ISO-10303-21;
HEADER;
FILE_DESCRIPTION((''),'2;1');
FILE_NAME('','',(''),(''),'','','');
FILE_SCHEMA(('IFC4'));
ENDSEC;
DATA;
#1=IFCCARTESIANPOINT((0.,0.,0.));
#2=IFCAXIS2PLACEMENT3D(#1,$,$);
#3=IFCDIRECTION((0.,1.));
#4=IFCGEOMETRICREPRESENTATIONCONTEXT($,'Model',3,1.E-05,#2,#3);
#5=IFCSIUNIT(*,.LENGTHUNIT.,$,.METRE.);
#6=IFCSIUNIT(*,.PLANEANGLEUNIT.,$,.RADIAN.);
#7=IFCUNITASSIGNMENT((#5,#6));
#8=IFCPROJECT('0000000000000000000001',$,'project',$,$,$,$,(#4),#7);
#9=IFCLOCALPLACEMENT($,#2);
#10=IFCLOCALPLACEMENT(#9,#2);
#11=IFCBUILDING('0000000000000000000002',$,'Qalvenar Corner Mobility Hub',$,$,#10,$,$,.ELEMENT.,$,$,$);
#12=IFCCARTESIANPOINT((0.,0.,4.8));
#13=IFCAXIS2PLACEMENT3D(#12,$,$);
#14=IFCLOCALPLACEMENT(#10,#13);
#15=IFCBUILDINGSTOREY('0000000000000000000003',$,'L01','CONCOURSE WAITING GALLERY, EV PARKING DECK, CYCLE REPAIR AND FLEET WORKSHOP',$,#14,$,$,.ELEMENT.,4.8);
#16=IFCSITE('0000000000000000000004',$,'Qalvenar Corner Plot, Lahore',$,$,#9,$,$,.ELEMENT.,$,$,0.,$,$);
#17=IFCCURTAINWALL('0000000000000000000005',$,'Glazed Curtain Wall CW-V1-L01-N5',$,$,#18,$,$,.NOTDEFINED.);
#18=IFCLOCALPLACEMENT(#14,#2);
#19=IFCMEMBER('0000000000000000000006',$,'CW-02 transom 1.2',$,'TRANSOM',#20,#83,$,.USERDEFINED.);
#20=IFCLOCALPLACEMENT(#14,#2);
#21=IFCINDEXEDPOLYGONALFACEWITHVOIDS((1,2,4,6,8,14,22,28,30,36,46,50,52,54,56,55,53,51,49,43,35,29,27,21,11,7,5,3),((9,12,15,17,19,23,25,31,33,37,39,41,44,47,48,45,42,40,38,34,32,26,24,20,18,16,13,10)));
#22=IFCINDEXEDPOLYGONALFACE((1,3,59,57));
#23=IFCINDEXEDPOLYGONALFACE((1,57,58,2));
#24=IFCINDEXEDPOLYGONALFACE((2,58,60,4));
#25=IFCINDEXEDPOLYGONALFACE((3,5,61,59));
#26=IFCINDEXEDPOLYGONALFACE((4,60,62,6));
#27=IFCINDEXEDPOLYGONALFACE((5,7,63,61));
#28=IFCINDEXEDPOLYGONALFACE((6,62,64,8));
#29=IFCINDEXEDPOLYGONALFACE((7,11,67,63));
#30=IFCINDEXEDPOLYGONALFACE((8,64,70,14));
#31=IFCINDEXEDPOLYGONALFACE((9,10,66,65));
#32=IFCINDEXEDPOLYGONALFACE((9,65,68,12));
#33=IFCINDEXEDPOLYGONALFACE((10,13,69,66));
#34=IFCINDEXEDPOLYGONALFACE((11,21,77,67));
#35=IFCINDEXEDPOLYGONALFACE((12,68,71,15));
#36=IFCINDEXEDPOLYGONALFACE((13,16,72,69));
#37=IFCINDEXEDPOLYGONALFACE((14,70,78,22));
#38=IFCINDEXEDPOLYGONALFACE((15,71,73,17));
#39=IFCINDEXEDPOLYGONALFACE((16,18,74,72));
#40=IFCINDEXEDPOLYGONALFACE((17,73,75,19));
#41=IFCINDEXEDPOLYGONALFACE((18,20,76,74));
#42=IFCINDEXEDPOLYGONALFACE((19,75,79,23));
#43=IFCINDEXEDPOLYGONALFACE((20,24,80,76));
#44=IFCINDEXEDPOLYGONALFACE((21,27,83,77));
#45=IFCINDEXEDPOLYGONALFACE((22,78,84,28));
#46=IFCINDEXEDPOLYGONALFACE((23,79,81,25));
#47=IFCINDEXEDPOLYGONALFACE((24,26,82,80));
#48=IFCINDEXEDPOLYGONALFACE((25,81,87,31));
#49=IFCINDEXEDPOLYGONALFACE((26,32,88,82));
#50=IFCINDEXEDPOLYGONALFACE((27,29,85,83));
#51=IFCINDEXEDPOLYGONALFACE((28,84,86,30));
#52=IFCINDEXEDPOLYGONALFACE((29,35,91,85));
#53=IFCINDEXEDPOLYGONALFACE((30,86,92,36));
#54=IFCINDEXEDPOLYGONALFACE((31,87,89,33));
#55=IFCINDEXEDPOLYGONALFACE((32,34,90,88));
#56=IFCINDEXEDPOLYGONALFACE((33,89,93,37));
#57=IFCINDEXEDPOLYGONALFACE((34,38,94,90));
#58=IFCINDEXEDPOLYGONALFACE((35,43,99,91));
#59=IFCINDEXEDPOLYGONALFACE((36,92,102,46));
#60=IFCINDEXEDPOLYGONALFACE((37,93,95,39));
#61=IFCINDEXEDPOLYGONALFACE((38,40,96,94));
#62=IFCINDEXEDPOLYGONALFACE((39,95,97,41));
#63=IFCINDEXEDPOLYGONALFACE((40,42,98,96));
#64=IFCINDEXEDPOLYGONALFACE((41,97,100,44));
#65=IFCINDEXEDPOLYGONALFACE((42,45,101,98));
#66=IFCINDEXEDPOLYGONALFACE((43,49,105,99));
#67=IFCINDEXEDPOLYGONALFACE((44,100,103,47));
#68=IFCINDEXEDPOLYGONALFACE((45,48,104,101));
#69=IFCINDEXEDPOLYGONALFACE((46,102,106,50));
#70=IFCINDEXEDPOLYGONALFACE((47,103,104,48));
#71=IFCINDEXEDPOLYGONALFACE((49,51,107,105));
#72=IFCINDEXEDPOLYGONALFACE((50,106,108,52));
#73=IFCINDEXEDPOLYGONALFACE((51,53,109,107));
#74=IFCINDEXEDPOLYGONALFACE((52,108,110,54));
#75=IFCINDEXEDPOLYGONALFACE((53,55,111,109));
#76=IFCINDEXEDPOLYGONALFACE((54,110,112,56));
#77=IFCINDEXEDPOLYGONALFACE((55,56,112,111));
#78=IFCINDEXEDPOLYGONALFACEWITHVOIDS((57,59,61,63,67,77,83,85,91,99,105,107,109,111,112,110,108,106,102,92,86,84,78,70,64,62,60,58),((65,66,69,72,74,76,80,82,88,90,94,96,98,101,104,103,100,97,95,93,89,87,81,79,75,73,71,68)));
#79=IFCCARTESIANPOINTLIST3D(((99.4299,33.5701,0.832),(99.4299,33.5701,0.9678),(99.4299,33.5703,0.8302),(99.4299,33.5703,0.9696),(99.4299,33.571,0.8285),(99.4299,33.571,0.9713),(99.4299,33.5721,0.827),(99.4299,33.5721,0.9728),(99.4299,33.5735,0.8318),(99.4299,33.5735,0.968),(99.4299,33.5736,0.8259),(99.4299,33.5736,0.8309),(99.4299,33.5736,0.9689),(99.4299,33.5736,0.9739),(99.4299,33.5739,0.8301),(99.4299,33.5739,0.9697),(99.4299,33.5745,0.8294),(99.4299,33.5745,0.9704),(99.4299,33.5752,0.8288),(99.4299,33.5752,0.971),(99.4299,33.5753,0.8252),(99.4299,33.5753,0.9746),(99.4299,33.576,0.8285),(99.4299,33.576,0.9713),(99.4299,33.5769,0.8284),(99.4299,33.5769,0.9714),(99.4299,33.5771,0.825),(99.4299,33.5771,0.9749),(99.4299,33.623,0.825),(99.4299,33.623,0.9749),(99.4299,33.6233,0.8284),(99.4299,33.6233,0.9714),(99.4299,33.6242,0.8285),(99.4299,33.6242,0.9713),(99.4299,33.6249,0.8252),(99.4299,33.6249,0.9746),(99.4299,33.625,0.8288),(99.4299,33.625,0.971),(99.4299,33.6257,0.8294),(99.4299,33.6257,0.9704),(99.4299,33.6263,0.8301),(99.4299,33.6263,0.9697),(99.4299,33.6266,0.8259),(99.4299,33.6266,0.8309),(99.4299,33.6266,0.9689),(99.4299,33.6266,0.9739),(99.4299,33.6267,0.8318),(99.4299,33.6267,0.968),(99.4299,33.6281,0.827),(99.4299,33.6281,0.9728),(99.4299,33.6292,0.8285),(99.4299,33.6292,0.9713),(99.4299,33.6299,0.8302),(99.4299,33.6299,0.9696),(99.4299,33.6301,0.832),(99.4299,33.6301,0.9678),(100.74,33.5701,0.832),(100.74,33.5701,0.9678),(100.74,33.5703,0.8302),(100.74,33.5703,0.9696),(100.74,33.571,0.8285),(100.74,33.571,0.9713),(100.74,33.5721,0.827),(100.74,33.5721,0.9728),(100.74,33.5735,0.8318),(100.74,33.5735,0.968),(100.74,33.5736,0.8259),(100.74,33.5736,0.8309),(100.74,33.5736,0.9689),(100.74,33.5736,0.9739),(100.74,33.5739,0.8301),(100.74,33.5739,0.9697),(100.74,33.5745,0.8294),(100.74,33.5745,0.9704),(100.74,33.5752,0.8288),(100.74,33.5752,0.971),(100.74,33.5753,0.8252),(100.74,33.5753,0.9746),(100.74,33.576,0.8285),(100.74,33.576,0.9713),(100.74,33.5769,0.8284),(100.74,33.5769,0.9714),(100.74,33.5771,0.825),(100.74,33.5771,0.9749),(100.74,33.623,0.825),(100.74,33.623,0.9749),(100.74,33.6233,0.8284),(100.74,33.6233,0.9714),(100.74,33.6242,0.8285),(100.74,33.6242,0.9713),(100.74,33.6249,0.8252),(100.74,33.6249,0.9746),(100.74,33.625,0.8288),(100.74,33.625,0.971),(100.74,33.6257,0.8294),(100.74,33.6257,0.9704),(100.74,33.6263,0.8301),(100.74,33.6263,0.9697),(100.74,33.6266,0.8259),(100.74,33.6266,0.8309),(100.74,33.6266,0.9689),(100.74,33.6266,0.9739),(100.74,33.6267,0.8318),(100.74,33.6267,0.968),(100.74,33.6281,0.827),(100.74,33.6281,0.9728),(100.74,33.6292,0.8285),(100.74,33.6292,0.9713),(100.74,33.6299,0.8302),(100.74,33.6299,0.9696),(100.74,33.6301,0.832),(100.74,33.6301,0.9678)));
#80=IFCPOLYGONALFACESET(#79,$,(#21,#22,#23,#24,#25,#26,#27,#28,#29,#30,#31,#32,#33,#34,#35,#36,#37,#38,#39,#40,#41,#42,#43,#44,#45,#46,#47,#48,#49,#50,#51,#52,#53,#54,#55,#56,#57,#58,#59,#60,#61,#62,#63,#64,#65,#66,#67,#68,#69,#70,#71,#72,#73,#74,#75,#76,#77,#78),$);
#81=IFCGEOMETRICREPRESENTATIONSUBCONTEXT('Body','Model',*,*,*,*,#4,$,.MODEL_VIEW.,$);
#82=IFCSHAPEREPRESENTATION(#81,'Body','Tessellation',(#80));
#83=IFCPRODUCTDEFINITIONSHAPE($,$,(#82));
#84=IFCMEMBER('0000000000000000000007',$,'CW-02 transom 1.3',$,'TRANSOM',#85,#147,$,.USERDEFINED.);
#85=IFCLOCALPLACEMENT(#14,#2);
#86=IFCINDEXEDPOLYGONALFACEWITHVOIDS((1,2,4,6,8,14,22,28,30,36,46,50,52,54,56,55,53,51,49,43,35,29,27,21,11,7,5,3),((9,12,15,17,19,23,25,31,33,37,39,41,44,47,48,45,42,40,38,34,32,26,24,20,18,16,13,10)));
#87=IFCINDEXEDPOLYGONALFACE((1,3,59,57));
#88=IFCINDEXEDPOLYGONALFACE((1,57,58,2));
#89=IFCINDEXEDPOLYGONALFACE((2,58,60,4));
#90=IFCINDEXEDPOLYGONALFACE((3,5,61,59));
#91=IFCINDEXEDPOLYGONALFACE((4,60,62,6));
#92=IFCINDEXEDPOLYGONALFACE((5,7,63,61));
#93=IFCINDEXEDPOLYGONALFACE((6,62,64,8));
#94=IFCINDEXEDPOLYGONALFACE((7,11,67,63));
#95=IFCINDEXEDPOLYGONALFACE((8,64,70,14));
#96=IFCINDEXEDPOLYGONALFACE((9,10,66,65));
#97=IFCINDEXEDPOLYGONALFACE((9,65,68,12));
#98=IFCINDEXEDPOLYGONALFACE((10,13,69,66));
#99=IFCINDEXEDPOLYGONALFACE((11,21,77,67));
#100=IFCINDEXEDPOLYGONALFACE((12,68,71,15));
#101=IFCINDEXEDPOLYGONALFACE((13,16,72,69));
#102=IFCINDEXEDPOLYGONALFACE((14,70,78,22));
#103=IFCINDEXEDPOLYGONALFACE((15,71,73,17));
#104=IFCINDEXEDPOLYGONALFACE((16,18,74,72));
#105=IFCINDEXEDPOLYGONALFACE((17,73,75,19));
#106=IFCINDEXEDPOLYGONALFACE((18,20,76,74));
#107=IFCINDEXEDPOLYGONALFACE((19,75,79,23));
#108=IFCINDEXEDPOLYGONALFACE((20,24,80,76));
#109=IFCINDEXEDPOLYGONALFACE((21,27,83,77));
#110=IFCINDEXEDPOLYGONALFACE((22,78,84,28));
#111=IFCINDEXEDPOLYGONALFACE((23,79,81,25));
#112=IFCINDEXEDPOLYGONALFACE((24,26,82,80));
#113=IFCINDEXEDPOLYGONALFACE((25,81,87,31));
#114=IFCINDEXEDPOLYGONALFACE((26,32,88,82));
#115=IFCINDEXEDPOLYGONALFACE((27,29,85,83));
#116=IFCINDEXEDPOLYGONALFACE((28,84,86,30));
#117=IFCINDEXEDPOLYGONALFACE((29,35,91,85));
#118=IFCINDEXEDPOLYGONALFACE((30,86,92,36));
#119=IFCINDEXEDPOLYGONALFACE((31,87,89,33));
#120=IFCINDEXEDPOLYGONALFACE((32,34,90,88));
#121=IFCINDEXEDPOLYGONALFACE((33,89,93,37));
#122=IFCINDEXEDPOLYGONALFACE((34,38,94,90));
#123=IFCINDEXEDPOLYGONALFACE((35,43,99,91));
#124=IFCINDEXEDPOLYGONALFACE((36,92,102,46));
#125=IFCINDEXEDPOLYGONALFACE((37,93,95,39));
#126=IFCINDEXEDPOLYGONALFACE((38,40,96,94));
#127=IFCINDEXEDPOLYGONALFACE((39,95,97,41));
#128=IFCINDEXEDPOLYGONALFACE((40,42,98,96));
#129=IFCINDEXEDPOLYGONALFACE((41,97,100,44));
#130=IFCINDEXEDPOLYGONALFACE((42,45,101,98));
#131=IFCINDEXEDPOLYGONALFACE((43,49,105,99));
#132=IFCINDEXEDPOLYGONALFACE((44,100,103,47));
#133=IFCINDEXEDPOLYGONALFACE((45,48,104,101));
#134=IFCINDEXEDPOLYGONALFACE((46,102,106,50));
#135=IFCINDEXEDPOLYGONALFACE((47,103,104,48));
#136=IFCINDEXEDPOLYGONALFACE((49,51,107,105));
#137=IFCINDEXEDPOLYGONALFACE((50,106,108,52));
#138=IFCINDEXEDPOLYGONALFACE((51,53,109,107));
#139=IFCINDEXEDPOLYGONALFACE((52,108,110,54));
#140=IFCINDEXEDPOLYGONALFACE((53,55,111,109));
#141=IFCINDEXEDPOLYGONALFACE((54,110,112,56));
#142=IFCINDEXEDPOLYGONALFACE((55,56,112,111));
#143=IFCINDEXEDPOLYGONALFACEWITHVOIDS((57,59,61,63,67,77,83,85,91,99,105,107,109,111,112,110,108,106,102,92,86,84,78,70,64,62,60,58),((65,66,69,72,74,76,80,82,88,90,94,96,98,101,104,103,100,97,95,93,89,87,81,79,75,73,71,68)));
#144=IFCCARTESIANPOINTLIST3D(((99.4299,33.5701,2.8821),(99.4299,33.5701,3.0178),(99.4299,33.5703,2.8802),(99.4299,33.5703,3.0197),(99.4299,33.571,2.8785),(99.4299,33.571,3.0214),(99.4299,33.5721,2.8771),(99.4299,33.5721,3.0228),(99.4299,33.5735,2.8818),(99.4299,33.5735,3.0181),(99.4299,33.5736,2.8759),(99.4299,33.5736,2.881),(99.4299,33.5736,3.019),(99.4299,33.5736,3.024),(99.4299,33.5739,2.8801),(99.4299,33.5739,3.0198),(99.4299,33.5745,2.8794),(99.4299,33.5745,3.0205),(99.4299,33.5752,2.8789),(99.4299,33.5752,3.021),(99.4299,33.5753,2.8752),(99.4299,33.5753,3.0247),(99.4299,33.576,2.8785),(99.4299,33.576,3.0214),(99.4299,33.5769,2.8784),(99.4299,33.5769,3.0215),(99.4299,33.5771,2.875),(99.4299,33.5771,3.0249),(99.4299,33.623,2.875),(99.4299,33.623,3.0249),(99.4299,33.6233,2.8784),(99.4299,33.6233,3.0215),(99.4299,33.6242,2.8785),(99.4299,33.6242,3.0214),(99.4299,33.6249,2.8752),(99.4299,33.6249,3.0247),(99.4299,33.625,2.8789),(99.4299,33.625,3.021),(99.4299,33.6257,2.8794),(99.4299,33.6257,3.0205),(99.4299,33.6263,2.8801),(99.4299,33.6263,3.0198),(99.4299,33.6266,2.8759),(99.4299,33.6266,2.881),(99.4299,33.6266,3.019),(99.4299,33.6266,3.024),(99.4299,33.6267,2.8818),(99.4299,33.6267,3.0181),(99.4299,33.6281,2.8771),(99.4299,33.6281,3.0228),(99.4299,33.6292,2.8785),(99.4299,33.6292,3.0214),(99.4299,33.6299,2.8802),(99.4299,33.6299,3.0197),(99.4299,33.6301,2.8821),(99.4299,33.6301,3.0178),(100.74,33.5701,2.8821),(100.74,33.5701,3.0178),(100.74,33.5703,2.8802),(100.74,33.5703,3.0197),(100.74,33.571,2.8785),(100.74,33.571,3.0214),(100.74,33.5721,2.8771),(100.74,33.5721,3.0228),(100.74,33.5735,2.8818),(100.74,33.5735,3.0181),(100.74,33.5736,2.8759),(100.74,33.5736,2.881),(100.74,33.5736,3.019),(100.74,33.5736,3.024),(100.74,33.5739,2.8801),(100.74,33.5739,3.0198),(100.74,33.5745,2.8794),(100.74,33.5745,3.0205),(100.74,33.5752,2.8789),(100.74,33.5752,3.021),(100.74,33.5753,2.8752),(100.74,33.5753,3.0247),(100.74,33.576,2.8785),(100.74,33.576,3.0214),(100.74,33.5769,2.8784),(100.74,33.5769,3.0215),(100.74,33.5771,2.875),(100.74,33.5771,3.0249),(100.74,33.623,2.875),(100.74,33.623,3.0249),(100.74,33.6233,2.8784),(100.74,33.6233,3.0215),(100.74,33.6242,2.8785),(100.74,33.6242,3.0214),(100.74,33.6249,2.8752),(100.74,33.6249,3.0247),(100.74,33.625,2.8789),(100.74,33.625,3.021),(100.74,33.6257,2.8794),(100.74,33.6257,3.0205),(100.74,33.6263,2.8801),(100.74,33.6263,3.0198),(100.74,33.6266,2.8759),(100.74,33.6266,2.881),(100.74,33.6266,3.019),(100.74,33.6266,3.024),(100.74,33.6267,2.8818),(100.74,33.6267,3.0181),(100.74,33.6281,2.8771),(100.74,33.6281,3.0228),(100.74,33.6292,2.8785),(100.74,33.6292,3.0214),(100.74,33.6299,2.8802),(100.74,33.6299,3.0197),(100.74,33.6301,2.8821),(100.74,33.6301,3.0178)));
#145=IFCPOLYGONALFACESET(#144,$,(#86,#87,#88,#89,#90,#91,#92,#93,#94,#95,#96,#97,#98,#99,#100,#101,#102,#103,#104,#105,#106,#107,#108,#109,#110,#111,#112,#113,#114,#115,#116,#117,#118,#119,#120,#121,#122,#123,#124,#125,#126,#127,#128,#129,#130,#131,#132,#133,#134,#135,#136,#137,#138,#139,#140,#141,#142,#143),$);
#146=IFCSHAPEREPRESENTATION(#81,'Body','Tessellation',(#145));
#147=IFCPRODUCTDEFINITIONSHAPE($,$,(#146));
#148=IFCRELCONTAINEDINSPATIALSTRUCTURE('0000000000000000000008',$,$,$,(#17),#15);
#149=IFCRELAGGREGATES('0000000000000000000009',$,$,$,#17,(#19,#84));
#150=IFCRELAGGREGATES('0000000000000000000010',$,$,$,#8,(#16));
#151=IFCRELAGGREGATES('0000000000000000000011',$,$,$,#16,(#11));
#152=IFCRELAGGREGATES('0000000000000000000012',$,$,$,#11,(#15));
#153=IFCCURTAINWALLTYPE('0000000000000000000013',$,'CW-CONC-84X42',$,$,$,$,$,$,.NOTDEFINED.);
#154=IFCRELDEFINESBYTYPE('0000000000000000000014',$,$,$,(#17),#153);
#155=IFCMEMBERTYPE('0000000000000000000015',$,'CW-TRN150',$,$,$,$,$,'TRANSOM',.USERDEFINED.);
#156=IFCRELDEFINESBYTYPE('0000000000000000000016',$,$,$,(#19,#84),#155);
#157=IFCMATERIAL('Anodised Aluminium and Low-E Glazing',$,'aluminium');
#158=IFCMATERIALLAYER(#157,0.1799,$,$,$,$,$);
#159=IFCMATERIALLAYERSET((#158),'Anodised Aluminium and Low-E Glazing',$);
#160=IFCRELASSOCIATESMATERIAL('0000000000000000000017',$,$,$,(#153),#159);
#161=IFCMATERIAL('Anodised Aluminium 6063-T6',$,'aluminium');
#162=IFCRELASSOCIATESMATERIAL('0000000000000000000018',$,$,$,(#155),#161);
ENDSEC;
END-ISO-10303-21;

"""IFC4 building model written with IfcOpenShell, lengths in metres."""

from ifc_helpers import new_model, si_unit, direction, frame, origin, origin_2d, place, context, subcontext, project, spatial, hollow_rectangle, extrude, material, layer, layer_set, material_profile, profile_set, type_object, element, aggregate, save


model = new_model("IFC4")

# Units and contexts
model_context = context("Model", 3, precision=1e-05, world=origin(), true_north=direction((0.0, 1.0)))
body_context = subcontext(model_context, "Body", "Model", "MODEL_VIEW")
ifc_project = project(units=[si_unit("LENGTHUNIT", "METRE"), si_unit("PLANEANGLEUNIT", "RADIAN")], contexts=[model_context])

# Site, building, storey
site_placement = place(None, origin())
site = spatial("IfcSite", under=ifc_project, at=site_placement, Name="Qalvenar Corner Plot, Lahore", CompositionType="ELEMENT", RefElevation=0.0)
building_placement = place(site_placement, origin())
building = spatial("IfcBuilding", under=site, at=building_placement, Name="Qalvenar Corner Mobility Hub", CompositionType="ELEMENT")
storey_placement = place(building_placement, frame((0.0, 0.0, 4.8)))
storey = spatial("IfcBuildingStorey", under=building, at=storey_placement, Name="L01", Description="CONCOURSE WAITING GALLERY, EV PARKING DECK, CYCLE REPAIR AND FLEET WORKSHOP", CompositionType="ELEMENT", Elevation=4.8)

# Curtain wall
ifc_material_1 = material(Name="Anodised Aluminium and Low-E Glazing", Category="aluminium")
ifc_layer_1 = layer(ifc_material_1, 0.1799)
ifc_layer_set_1 = layer_set([ifc_layer_1], Name="Anodised Aluminium and Low-E Glazing")
curtain_wall_type = type_object("IfcCurtainWallType", Name="CW-CONC-84X42", PredefinedType="NOTDEFINED", material=ifc_layer_set_1)
curtain_wall_1_placement = place(storey_placement, origin())
curtain_wall_1 = element("IfcCurtainWall", 1, at=curtain_wall_1_placement, inside=storey, type_object=curtain_wall_type, Name="Glazed Curtain Wall CW-V1-L01-N5", PredefinedType="NOTDEFINED")
ifc_material_2 = material(Name="Anodised Aluminium 6063-T6", Category="aluminium")

# Members
ifc_material_profile_1 = material_profile(ifc_material_2, hollow_rectangle(XDim=0.0601, YDim=0.1499, WallThickness=0.0034, InnerFilletRadius=0.0034, OuterFilletRadius=0.0071, at=origin_2d()), Name="RHS150x60x3.5")
ifc_profile_set_1 = profile_set([ifc_material_profile_1], Name="Anodised Aluminium 6063-T6")
member_type_1 = type_object("IfcMemberType", Name="CW-TRN150", ElementType="TRANSOM", PredefinedType="USERDEFINED", material=ifc_profile_set_1)
member_1_placement = place(storey_placement, frame((100.74, 33.6001, 0.8999), z_axis=(-1.0, 0.0, 0.0), x_axis=(0.0, -1.0, 0.0)))
member_1 = element("IfcMember", 2, at=member_1_placement, type_object=member_type_1, Name="CW-02 transom 1.2", ObjectType="TRANSOM", PredefinedType="USERDEFINED", context=body_context, shape_type="SweptSolid", body=[
    extrude(hollow_rectangle(XDim=0.0601, YDim=0.1499, WallThickness=0.0034, InnerFilletRadius=0.0034, OuterFilletRadius=0.0071, at=origin_2d()), origin(), (0.0, 0.0, 1.0), 1.3101),
])
member_2_placement = place(storey_placement, frame((100.74, 33.6001, 2.95), z_axis=(-1.0, 0.0, 0.0), x_axis=(0.0, -1.0, 0.0)))
member_2 = element("IfcMember", 3, at=member_2_placement, type_object=member_type_1, Name="CW-02 transom 1.3", ObjectType="TRANSOM", PredefinedType="USERDEFINED", context=body_context, shape_type="SweptSolid", body=[
    extrude(hollow_rectangle(XDim=0.0601, YDim=0.1499, WallThickness=0.0034, InnerFilletRadius=0.0034, OuterFilletRadius=0.0071, at=origin_2d()), origin(), (0.0, 0.0, 1.0), 1.3101),
])

aggregate(curtain_wall_1, [member_1, member_2])

save(model, "model.ifc")
